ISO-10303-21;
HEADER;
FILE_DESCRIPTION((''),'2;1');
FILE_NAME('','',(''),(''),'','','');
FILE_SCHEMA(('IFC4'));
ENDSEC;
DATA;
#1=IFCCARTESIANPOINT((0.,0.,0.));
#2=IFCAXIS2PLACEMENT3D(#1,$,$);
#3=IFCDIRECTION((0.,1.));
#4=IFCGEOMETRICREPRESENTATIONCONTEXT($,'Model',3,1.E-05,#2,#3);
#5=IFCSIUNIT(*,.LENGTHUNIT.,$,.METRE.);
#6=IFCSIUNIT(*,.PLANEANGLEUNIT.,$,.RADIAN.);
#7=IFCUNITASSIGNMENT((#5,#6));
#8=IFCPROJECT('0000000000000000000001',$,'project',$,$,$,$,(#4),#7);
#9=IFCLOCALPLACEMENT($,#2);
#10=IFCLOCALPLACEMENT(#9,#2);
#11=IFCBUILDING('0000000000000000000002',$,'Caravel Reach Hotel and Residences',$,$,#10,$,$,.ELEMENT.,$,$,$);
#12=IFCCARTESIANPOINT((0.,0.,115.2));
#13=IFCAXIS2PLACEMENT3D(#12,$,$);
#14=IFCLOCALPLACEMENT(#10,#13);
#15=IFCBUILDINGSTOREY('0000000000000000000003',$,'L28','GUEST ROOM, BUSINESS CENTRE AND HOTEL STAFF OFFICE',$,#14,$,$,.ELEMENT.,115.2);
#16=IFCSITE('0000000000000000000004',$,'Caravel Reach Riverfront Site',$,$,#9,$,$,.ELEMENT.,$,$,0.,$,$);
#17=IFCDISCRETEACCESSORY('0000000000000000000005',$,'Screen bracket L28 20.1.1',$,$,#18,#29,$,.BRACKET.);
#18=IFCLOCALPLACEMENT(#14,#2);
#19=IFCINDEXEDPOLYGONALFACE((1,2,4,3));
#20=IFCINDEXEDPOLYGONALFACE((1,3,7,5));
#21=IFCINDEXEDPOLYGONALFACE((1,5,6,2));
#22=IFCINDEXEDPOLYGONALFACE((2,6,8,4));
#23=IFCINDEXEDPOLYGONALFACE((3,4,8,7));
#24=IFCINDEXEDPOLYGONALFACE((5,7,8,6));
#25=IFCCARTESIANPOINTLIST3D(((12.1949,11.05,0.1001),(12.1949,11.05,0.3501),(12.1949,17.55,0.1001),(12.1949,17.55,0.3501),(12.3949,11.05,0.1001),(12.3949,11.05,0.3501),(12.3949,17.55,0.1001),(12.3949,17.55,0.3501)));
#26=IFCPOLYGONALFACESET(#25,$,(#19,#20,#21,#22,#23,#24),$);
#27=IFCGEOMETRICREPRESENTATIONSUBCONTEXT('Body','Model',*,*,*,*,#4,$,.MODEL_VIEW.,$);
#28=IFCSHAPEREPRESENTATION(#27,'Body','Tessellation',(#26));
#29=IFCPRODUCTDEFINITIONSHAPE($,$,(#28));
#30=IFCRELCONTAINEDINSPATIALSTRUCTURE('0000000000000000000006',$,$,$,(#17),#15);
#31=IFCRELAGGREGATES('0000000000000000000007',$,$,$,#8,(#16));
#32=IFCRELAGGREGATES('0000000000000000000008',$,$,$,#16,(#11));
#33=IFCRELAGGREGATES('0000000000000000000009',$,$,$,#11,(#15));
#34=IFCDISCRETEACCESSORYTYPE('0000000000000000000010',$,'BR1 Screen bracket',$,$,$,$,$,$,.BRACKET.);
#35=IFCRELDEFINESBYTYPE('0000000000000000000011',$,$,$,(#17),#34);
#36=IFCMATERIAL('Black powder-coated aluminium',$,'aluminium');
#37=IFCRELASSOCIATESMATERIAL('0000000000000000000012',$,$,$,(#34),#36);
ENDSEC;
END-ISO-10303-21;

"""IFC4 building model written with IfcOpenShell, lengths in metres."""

from ifc_helpers import new_model, si_unit, direction, frame, origin, origin_2d, place, context, subcontext, project, spatial, rectangle, extrude, material, type_object, element, save


model = new_model("IFC4")

# Units and contexts
model_context = context("Model", 3, precision=1e-05, world=origin(), true_north=direction((0.0, 1.0)))
body_context = subcontext(model_context, "Body", "Model", "MODEL_VIEW")
ifc_project = project(units=[si_unit("LENGTHUNIT", "METRE"), si_unit("PLANEANGLEUNIT", "RADIAN")], contexts=[model_context])

# Site, building, storey
site_placement = place(None, origin())
site = spatial("IfcSite", under=ifc_project, at=site_placement, Name="Caravel Reach Riverfront Site", CompositionType="ELEMENT", RefElevation=0.0)
building_placement = place(site_placement, origin())
building = spatial("IfcBuilding", under=site, at=building_placement, Name="Caravel Reach Hotel and Residences", CompositionType="ELEMENT")
storey_placement = place(building_placement, frame((0.0, 0.0, 115.2)))
storey = spatial("IfcBuildingStorey", under=building, at=storey_placement, Name="L28", Description="GUEST ROOM, BUSINESS CENTRE AND HOTEL STAFF OFFICE", CompositionType="ELEMENT", Elevation=115.2)

# Discrete accessory
ifc_material_1 = material(Name="Black powder-coated aluminium", Category="aluminium")
discrete_accessory_type = type_object("IfcDiscreteAccessoryType", Name="BR1 Screen bracket", PredefinedType="BRACKET", material=ifc_material_1)
for number, where, z_axis, x_axis, name in (
    (1, (12.2949, 14.3, 0.1001), (0.0, 0.0, 1.0), (0.0, -1.0, 0.0), "Screen bracket L28 20.1.1"),
):
    element("IfcDiscreteAccessory", number, at=place(storey_placement, frame(where, z_axis=z_axis, x_axis=x_axis)), inside=storey, type_object=discrete_accessory_type, Name=name, PredefinedType="BRACKET", context=body_context, shape_type="SweptSolid", body=[
        extrude(rectangle(XDim=6.5, YDim=0.2, at=origin_2d()), origin(), (0.0, 0.0, 1.0), 0.25),
    ])

save(model, "model.ifc")
